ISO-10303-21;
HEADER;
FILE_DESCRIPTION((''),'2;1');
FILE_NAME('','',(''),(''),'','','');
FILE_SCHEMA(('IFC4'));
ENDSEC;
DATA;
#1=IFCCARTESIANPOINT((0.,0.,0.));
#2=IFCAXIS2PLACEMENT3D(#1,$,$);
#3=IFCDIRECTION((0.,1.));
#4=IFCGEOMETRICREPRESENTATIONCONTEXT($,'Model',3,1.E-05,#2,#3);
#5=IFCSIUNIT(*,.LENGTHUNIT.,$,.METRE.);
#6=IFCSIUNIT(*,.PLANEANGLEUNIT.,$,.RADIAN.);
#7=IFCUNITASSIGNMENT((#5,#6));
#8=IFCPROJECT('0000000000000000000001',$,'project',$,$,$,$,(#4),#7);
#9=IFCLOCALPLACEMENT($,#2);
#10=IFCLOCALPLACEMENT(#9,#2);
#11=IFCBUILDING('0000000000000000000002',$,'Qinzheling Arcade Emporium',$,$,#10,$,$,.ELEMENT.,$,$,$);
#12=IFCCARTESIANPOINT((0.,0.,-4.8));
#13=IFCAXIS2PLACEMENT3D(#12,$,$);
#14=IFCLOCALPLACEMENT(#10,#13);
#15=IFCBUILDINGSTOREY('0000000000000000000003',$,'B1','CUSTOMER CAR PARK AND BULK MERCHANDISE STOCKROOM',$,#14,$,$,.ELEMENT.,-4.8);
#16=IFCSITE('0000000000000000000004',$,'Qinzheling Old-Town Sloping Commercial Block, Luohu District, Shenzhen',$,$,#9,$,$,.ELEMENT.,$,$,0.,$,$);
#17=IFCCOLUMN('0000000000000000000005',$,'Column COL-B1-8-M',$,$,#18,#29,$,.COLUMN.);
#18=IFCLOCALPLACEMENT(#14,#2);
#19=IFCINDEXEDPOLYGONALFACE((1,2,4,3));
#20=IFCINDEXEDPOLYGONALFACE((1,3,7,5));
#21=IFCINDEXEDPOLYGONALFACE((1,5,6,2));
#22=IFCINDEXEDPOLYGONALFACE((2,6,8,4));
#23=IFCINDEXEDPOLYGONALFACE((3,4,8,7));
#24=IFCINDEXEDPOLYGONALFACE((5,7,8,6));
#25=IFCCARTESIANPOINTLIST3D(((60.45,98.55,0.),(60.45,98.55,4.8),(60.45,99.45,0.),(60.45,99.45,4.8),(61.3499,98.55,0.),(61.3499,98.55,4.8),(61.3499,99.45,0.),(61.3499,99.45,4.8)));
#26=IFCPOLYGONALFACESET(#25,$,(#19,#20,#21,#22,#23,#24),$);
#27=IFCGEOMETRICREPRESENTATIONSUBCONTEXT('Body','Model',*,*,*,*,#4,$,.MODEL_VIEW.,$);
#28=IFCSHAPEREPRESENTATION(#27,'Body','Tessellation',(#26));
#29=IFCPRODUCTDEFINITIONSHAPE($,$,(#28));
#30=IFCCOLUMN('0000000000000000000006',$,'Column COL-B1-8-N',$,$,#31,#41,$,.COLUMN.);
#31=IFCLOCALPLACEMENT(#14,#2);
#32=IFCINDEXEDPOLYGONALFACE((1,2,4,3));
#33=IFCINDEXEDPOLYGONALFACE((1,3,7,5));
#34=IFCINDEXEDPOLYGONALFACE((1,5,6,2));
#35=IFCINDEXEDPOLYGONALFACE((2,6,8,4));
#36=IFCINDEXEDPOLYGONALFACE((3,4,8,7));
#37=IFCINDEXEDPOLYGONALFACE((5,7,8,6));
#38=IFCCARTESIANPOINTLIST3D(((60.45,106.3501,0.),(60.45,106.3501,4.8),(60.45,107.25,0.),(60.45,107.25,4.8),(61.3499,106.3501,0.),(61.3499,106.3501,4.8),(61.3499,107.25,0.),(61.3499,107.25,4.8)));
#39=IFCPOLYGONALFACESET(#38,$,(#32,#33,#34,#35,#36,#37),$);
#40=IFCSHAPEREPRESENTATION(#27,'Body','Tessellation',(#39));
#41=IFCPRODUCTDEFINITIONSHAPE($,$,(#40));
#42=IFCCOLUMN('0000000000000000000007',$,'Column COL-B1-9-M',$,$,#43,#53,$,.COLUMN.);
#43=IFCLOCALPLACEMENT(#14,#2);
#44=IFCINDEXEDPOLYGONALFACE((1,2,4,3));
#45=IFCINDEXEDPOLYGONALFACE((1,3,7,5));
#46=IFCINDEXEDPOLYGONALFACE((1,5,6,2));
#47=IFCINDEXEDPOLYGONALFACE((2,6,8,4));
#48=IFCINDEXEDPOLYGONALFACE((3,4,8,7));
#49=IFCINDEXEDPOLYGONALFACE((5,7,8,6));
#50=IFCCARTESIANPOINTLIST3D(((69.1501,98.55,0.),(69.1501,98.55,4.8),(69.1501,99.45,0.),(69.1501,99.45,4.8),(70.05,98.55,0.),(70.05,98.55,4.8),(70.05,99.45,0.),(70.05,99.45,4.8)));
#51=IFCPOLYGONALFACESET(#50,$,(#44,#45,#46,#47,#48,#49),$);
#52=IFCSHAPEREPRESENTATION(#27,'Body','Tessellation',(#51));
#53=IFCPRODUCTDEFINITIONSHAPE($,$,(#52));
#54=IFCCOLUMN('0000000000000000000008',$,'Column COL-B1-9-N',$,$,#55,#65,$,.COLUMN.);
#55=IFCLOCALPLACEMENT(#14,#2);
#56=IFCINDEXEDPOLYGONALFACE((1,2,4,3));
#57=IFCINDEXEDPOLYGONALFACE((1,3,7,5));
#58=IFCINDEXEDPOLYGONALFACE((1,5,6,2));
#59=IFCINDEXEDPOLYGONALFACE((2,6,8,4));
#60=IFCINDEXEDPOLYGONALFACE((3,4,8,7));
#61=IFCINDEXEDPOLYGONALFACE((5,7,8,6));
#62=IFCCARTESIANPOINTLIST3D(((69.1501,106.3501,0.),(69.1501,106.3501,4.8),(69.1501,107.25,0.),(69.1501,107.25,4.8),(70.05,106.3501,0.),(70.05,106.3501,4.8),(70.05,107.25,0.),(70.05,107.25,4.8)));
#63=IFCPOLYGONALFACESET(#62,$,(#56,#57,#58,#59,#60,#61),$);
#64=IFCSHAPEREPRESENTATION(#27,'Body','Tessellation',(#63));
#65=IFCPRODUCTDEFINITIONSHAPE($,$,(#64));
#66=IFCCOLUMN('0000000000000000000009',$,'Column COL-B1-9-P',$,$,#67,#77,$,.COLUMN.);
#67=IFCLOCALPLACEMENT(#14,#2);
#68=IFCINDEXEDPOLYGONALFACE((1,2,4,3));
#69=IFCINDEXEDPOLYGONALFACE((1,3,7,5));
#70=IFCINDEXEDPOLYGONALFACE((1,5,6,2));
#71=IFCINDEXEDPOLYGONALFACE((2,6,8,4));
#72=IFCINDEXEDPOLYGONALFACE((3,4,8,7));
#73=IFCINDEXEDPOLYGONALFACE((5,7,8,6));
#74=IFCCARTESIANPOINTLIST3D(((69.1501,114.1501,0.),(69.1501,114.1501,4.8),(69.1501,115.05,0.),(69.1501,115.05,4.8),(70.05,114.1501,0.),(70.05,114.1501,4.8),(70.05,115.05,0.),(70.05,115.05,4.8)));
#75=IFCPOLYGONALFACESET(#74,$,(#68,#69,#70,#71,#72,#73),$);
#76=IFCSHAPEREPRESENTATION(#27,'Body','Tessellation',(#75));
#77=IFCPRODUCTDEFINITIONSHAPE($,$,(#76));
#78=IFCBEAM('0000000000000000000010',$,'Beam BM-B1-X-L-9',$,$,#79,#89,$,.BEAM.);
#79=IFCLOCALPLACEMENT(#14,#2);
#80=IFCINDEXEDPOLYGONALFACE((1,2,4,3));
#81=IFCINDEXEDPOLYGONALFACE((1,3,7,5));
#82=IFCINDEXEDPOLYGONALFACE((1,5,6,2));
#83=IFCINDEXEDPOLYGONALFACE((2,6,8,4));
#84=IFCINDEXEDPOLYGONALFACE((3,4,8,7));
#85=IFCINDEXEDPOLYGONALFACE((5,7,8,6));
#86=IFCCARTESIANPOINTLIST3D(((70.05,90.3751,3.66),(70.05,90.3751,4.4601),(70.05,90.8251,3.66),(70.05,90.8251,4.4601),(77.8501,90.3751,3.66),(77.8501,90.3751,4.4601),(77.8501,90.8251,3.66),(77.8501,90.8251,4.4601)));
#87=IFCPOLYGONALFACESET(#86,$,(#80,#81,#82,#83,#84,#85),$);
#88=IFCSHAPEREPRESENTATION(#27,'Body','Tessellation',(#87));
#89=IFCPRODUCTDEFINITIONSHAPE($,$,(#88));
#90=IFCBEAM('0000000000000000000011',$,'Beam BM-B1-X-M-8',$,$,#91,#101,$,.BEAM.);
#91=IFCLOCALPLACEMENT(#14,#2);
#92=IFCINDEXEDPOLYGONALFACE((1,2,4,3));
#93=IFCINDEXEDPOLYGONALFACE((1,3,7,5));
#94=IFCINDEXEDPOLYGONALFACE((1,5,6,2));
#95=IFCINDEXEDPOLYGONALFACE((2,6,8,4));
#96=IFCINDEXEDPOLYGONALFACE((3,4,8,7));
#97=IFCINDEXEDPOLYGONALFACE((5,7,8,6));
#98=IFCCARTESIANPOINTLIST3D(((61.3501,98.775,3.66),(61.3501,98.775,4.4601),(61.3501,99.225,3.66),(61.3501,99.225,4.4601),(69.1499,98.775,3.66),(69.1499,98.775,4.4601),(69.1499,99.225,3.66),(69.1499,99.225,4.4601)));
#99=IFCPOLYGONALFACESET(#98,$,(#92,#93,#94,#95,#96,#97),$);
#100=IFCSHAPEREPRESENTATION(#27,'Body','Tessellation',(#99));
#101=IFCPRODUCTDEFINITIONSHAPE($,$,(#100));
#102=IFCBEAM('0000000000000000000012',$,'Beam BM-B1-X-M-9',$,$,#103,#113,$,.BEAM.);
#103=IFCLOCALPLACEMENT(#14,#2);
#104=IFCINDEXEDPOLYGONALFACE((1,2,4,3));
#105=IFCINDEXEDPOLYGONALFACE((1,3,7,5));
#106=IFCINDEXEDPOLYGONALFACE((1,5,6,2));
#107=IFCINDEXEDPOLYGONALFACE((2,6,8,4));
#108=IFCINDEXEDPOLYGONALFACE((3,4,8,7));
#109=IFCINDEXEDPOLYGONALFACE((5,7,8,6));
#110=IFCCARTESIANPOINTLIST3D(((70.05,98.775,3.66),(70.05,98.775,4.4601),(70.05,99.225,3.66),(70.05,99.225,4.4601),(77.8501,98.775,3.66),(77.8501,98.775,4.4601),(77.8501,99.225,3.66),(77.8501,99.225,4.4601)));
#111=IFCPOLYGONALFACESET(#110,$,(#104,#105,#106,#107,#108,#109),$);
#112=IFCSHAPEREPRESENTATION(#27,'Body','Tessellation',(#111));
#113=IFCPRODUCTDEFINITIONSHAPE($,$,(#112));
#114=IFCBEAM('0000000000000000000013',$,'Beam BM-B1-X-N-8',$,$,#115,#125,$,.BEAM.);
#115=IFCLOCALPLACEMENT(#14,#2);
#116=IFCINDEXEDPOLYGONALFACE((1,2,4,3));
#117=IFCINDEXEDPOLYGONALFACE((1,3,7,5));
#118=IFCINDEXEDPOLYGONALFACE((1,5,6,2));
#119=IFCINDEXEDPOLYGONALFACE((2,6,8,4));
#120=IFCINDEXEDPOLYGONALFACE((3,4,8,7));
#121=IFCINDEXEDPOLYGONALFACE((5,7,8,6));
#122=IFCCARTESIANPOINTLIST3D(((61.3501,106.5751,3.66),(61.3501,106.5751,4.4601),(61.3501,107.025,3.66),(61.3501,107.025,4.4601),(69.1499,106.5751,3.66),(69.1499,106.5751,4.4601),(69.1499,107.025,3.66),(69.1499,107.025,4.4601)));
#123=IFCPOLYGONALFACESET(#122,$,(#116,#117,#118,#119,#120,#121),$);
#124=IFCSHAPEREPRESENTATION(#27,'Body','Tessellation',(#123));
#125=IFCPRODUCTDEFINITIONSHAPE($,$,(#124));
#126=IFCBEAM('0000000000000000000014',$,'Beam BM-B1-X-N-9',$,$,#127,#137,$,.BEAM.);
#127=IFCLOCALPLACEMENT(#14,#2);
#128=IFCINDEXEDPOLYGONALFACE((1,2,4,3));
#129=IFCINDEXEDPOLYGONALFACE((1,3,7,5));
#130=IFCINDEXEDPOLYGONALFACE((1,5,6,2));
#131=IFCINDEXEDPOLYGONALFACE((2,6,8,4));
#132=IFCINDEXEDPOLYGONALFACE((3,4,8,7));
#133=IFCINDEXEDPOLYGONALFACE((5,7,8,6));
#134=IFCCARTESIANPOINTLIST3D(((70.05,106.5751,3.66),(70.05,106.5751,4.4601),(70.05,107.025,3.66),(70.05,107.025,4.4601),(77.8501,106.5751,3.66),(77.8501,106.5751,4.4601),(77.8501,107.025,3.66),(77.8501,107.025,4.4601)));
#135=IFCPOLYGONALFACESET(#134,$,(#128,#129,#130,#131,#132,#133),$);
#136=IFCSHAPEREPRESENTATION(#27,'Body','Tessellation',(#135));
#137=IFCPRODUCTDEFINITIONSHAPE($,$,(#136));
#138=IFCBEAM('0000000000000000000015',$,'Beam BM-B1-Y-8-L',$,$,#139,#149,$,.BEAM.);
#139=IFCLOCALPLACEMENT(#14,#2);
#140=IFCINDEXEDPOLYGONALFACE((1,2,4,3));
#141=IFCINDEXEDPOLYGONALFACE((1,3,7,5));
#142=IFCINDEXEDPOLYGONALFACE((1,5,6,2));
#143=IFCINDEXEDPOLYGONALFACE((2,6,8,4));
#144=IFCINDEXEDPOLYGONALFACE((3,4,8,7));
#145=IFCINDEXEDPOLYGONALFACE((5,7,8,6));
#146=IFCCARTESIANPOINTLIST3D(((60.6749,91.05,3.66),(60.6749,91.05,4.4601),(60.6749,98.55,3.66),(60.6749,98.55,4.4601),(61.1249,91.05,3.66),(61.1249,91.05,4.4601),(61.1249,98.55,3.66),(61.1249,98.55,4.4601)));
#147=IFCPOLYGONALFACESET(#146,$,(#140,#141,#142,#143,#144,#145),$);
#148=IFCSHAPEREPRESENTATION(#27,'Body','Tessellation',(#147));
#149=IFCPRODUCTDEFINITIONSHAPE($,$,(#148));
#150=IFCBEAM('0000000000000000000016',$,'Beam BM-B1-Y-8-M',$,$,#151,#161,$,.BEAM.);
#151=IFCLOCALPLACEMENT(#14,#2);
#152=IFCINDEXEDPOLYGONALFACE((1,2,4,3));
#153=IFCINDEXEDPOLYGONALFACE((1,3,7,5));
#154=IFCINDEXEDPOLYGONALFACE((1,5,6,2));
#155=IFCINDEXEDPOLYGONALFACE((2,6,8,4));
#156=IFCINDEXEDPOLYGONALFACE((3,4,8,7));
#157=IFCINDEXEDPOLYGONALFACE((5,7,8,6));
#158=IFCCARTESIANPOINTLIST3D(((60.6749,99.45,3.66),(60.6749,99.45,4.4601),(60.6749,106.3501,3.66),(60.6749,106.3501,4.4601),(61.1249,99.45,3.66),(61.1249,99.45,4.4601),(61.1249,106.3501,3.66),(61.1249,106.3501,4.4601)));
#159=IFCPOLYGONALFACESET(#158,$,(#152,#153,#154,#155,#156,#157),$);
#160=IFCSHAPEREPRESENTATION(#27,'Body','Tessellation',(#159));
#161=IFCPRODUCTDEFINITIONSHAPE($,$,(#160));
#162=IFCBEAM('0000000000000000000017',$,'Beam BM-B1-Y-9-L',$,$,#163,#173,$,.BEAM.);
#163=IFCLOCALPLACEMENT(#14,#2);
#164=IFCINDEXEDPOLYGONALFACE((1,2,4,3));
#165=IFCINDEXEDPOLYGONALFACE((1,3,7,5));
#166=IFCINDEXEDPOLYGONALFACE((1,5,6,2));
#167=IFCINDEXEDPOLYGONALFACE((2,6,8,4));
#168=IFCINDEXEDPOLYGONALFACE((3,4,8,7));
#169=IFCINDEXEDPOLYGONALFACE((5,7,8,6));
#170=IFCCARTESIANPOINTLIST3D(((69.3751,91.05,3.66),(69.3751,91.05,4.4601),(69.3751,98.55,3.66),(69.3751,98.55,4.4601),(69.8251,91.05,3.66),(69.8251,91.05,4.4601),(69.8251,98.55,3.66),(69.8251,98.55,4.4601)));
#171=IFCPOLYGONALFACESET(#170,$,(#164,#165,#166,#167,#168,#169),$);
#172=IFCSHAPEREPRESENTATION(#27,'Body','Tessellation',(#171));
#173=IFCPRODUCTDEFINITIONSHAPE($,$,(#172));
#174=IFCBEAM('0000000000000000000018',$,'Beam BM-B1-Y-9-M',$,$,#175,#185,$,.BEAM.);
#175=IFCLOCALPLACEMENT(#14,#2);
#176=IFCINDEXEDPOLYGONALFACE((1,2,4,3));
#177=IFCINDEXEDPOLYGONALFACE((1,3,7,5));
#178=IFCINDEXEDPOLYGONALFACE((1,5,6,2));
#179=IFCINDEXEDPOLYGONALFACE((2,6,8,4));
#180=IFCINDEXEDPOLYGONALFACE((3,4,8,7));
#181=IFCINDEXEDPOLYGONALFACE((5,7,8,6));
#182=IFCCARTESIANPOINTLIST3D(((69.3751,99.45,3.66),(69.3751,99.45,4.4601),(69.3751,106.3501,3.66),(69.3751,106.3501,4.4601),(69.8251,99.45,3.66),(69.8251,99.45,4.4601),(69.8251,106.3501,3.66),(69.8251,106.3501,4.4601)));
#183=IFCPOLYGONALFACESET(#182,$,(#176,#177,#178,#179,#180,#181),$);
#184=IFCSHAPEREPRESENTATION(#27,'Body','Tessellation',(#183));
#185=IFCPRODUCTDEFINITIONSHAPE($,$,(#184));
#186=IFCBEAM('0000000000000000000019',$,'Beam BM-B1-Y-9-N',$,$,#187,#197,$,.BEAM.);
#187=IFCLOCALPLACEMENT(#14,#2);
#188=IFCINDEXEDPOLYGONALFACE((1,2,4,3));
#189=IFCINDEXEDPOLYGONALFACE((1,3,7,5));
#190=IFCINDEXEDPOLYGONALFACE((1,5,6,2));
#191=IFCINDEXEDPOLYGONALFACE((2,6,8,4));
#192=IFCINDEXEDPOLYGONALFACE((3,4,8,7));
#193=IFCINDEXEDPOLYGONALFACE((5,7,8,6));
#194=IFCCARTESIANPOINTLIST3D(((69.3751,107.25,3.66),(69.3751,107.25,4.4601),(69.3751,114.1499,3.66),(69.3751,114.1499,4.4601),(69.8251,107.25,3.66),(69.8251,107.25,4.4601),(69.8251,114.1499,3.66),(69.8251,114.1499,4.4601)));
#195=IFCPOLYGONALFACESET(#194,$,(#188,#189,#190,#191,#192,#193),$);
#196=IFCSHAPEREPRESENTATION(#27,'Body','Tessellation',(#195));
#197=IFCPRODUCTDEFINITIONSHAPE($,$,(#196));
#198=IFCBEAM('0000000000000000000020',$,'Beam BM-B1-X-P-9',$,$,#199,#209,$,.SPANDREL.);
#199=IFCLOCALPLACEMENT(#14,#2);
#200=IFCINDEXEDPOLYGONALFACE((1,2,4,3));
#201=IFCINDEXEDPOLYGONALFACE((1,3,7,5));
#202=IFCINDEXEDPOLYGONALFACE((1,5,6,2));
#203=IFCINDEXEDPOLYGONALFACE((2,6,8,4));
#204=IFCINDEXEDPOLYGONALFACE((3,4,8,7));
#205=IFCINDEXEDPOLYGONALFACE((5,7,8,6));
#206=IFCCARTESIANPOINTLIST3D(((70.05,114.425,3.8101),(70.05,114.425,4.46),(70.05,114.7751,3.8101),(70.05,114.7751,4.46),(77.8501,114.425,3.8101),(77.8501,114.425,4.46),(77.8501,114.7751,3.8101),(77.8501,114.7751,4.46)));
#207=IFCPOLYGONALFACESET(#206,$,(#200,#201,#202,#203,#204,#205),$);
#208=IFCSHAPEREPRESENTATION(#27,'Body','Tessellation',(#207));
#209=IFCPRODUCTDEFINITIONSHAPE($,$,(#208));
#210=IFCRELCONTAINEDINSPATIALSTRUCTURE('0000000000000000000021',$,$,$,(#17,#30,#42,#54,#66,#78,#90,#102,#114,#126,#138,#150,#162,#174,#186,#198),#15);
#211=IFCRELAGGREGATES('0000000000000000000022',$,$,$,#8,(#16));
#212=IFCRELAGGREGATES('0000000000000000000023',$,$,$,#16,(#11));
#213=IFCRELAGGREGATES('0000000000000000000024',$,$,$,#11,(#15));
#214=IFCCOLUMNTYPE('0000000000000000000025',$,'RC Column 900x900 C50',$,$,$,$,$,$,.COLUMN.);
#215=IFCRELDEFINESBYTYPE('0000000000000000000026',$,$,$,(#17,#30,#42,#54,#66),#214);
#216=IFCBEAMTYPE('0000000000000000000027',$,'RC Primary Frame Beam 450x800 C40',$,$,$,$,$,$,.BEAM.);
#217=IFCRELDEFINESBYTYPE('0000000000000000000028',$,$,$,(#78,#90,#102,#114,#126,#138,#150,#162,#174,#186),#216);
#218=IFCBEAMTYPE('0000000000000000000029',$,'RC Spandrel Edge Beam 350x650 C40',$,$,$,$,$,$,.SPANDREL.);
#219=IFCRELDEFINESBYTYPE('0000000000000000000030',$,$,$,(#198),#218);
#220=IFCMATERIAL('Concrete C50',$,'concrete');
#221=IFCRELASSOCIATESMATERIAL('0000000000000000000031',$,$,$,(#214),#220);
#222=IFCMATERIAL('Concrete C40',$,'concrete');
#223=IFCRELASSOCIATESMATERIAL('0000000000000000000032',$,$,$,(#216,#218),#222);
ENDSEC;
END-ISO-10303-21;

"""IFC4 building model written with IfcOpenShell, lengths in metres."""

from ifc_helpers import new_model, si_unit, direction, frame, origin, origin_2d, place, context, subcontext, project, spatial, rectangle, extrude, material, material_profile, profile_set, type_object, element, save


model = new_model("IFC4")

# Units and contexts
model_context = context("Model", 3, precision=1e-05, world=origin(), true_north=direction((0.0, 1.0)))
body_context = subcontext(model_context, "Body", "Model", "MODEL_VIEW")
ifc_project = project(units=[si_unit("LENGTHUNIT", "METRE"), si_unit("PLANEANGLEUNIT", "RADIAN")], contexts=[model_context])

# Site, building, storey
site_placement = place(None, origin())
site = spatial("IfcSite", under=ifc_project, at=site_placement, Name="Qinzheling Old-Town Sloping Commercial Block, Luohu District, Shenzhen", CompositionType="ELEMENT", RefElevation=0.0)
building_placement = place(site_placement, origin())
building = spatial("IfcBuilding", under=site, at=building_placement, Name="Qinzheling Arcade Emporium", CompositionType="ELEMENT")
storey_placement = place(building_placement, frame((0.0, 0.0, -4.8)))
storey = spatial("IfcBuildingStorey", under=building, at=storey_placement, Name="B1", Description="CUSTOMER CAR PARK AND BULK MERCHANDISE STOCKROOM", CompositionType="ELEMENT", Elevation=-4.8)

# Columns
ifc_material_1 = material(Name="Concrete C50", Category="concrete")
ifc_material_profile_1 = material_profile(ifc_material_1, rectangle(XDim=0.8999, YDim=0.8999, at=origin_2d()), Name="RC 900x900", Category="concrete")
ifc_profile_set_1 = profile_set([ifc_material_profile_1], Name="Concrete C50")
column_type = type_object("IfcColumnType", Name="RC Column 900x900 C50", PredefinedType="COLUMN", material=ifc_profile_set_1)
for number, where, z_axis, x_axis, name in (
    (1, (60.8999, 99.0, 0.0), (0.0, 0.0, 1.0), (1.0, 0.0, 0.0), "Column COL-B1-8-M"),
    (2, (60.8999, 106.8, 0.0), (0.0, 0.0, 1.0), (1.0, 0.0, 0.0), "Column COL-B1-8-N"),
    (3, (69.6001, 99.0, 0.0), (0.0, 0.0, 1.0), (1.0, 0.0, 0.0), "Column COL-B1-9-M"),
    (4, (69.6001, 106.8, 0.0), (0.0, 0.0, 1.0), (1.0, 0.0, 0.0), "Column COL-B1-9-N"),
    (5, (69.6001, 114.6001, 0.0), (0.0, 0.0, 1.0), (1.0, 0.0, 0.0), "Column COL-B1-9-P"),
):
    element("IfcColumn", number, at=place(storey_placement, frame(where, z_axis=z_axis, x_axis=x_axis)), inside=storey, type_object=column_type, Name=name, PredefinedType="COLUMN", context=body_context, shape_type="SweptSolid", body=[
        extrude(rectangle(XDim=0.8999, YDim=0.8999, at=origin_2d()), origin(), (0.0, 0.0, 1.0), 4.8),
    ])

# Beams
ifc_material_2 = material(Name="Concrete C40", Category="concrete")
ifc_material_profile_2 = material_profile(ifc_material_2, rectangle(XDim=0.45, YDim=0.8, at=origin_2d()), Name="RC 450x800", Category="concrete")
ifc_profile_set_2 = profile_set([ifc_material_profile_2], Name="Concrete C40")
beam_type_1 = type_object("IfcBeamType", Name="RC Primary Frame Beam 450x800 C40", PredefinedType="BEAM", material=ifc_profile_set_2)
beam_1_placement = place(storey_placement, frame((70.05, 90.6001, 4.0601), z_axis=(1.0, 0.0, 0.0), x_axis=(0.0, 1.0, 0.0)))
element("IfcBeam", 6, at=beam_1_placement, inside=storey, type_object=beam_type_1, Name="Beam BM-B1-X-L-9", PredefinedType="BEAM", context=body_context, shape_type="SweptSolid", body=[
    extrude(rectangle(XDim=0.45, YDim=0.8, at=origin_2d()), origin(), (0.0, 0.0, 1.0), 7.8),
])
beam_2_placement = place(storey_placement, frame((61.3501, 99.0, 4.0601), z_axis=(1.0, 0.0, 0.0), x_axis=(0.0, 1.0, 0.0)))
element("IfcBeam", 7, at=beam_2_placement, inside=storey, type_object=beam_type_1, Name="Beam BM-B1-X-M-8", PredefinedType="BEAM", context=body_context, shape_type="SweptSolid", body=[
    extrude(rectangle(XDim=0.45, YDim=0.8, at=origin_2d()), origin(), (0.0, 0.0, 1.0), 7.7998),
])
beam_3_placement = place(storey_placement, frame((70.05, 99.0, 4.0601), z_axis=(1.0, 0.0, 0.0), x_axis=(0.0, 1.0, 0.0)))
element("IfcBeam", 8, at=beam_3_placement, inside=storey, type_object=beam_type_1, Name="Beam BM-B1-X-M-9", PredefinedType="BEAM", context=body_context, shape_type="SweptSolid", body=[
    extrude(rectangle(XDim=0.45, YDim=0.8, at=origin_2d()), origin(), (0.0, 0.0, 1.0), 7.8),
])
beam_4_placement = place(storey_placement, frame((61.3501, 106.8, 4.0601), z_axis=(1.0, 0.0, 0.0), x_axis=(0.0, 1.0, 0.0)))
element("IfcBeam", 9, at=beam_4_placement, inside=storey, type_object=beam_type_1, Name="Beam BM-B1-X-N-8", PredefinedType="BEAM", context=body_context, shape_type="SweptSolid", body=[
    extrude(rectangle(XDim=0.45, YDim=0.8, at=origin_2d()), origin(), (0.0, 0.0, 1.0), 7.7998),
])
beam_5_placement = place(storey_placement, frame((70.05, 106.8, 4.0601), z_axis=(1.0, 0.0, 0.0), x_axis=(0.0, 1.0, 0.0)))
element("IfcBeam", 10, at=beam_5_placement, inside=storey, type_object=beam_type_1, Name="Beam BM-B1-X-N-9", PredefinedType="BEAM", context=body_context, shape_type="SweptSolid", body=[
    extrude(rectangle(XDim=0.45, YDim=0.8, at=origin_2d()), origin(), (0.0, 0.0, 1.0), 7.8),
])
beam_6_placement = place(storey_placement, frame((60.8999, 91.05, 4.0601), z_axis=(0.0, 1.0, 0.0), x_axis=(-1.0, 0.0, 0.0)))
element("IfcBeam", 11, at=beam_6_placement, inside=storey, type_object=beam_type_1, Name="Beam BM-B1-Y-8-L", PredefinedType="BEAM", context=body_context, shape_type="SweptSolid", body=[
    extrude(rectangle(XDim=0.45, YDim=0.8, at=origin_2d()), origin(), (0.0, 0.0, 1.0), 7.5),
])
beam_7_placement = place(storey_placement, frame((60.8999, 99.45, 4.0601), z_axis=(0.0, 1.0, 0.0), x_axis=(-1.0, 0.0, 0.0)))
element("IfcBeam", 12, at=beam_7_placement, inside=storey, type_object=beam_type_1, Name="Beam BM-B1-Y-8-M", PredefinedType="BEAM", context=body_context, shape_type="SweptSolid", body=[
    extrude(rectangle(XDim=0.45, YDim=0.8, at=origin_2d()), origin(), (0.0, 0.0, 1.0), 6.9001),
])
beam_8_placement = place(storey_placement, frame((69.6001, 91.05, 4.0601), z_axis=(0.0, 1.0, 0.0), x_axis=(-1.0, 0.0, 0.0)))
element("IfcBeam", 13, at=beam_8_placement, inside=storey, type_object=beam_type_1, Name="Beam BM-B1-Y-9-L", PredefinedType="BEAM", context=body_context, shape_type="SweptSolid", body=[
    extrude(rectangle(XDim=0.45, YDim=0.8, at=origin_2d()), origin(), (0.0, 0.0, 1.0), 7.5),
])
beam_9_placement = place(storey_placement, frame((69.6001, 99.45, 4.0601), z_axis=(0.0, 1.0, 0.0), x_axis=(-1.0, 0.0, 0.0)))
element("IfcBeam", 14, at=beam_9_placement, inside=storey, type_object=beam_type_1, Name="Beam BM-B1-Y-9-M", PredefinedType="BEAM", context=body_context, shape_type="SweptSolid", body=[
    extrude(rectangle(XDim=0.45, YDim=0.8, at=origin_2d()), origin(), (0.0, 0.0, 1.0), 6.9001),
])
beam_10_placement = place(storey_placement, frame((69.6001, 107.25, 4.0601), z_axis=(0.0, 1.0, 0.0), x_axis=(-1.0, 0.0, 0.0)))
element("IfcBeam", 15, at=beam_10_placement, inside=storey, type_object=beam_type_1, Name="Beam BM-B1-Y-9-N", PredefinedType="BEAM", context=body_context, shape_type="SweptSolid", body=[
    extrude(rectangle(XDim=0.45, YDim=0.8, at=origin_2d()), origin(), (0.0, 0.0, 1.0), 6.8999),
])
ifc_material_profile_3 = material_profile(ifc_material_2, rectangle(XDim=0.3501, YDim=0.6499, at=origin_2d()), Name="RC 350x650", Category="concrete")
ifc_profile_set_3 = profile_set([ifc_material_profile_3], Name="Concrete C40")
beam_type_2 = type_object("IfcBeamType", Name="RC Spandrel Edge Beam 350x650 C40", PredefinedType="SPANDREL", material=ifc_profile_set_3)
beam_11_placement = place(storey_placement, frame((70.05, 114.6001, 4.135), z_axis=(1.0, 0.0, 0.0), x_axis=(0.0, 1.0, 0.0)))
element("IfcBeam", 16, at=beam_11_placement, inside=storey, type_object=beam_type_2, Name="Beam BM-B1-X-P-9", PredefinedType="SPANDREL", context=body_context, shape_type="SweptSolid", body=[
    extrude(rectangle(XDim=0.3501, YDim=0.6499, at=origin_2d()), origin(), (0.0, 0.0, 1.0), 7.8),
])

save(model, "model.ifc")
